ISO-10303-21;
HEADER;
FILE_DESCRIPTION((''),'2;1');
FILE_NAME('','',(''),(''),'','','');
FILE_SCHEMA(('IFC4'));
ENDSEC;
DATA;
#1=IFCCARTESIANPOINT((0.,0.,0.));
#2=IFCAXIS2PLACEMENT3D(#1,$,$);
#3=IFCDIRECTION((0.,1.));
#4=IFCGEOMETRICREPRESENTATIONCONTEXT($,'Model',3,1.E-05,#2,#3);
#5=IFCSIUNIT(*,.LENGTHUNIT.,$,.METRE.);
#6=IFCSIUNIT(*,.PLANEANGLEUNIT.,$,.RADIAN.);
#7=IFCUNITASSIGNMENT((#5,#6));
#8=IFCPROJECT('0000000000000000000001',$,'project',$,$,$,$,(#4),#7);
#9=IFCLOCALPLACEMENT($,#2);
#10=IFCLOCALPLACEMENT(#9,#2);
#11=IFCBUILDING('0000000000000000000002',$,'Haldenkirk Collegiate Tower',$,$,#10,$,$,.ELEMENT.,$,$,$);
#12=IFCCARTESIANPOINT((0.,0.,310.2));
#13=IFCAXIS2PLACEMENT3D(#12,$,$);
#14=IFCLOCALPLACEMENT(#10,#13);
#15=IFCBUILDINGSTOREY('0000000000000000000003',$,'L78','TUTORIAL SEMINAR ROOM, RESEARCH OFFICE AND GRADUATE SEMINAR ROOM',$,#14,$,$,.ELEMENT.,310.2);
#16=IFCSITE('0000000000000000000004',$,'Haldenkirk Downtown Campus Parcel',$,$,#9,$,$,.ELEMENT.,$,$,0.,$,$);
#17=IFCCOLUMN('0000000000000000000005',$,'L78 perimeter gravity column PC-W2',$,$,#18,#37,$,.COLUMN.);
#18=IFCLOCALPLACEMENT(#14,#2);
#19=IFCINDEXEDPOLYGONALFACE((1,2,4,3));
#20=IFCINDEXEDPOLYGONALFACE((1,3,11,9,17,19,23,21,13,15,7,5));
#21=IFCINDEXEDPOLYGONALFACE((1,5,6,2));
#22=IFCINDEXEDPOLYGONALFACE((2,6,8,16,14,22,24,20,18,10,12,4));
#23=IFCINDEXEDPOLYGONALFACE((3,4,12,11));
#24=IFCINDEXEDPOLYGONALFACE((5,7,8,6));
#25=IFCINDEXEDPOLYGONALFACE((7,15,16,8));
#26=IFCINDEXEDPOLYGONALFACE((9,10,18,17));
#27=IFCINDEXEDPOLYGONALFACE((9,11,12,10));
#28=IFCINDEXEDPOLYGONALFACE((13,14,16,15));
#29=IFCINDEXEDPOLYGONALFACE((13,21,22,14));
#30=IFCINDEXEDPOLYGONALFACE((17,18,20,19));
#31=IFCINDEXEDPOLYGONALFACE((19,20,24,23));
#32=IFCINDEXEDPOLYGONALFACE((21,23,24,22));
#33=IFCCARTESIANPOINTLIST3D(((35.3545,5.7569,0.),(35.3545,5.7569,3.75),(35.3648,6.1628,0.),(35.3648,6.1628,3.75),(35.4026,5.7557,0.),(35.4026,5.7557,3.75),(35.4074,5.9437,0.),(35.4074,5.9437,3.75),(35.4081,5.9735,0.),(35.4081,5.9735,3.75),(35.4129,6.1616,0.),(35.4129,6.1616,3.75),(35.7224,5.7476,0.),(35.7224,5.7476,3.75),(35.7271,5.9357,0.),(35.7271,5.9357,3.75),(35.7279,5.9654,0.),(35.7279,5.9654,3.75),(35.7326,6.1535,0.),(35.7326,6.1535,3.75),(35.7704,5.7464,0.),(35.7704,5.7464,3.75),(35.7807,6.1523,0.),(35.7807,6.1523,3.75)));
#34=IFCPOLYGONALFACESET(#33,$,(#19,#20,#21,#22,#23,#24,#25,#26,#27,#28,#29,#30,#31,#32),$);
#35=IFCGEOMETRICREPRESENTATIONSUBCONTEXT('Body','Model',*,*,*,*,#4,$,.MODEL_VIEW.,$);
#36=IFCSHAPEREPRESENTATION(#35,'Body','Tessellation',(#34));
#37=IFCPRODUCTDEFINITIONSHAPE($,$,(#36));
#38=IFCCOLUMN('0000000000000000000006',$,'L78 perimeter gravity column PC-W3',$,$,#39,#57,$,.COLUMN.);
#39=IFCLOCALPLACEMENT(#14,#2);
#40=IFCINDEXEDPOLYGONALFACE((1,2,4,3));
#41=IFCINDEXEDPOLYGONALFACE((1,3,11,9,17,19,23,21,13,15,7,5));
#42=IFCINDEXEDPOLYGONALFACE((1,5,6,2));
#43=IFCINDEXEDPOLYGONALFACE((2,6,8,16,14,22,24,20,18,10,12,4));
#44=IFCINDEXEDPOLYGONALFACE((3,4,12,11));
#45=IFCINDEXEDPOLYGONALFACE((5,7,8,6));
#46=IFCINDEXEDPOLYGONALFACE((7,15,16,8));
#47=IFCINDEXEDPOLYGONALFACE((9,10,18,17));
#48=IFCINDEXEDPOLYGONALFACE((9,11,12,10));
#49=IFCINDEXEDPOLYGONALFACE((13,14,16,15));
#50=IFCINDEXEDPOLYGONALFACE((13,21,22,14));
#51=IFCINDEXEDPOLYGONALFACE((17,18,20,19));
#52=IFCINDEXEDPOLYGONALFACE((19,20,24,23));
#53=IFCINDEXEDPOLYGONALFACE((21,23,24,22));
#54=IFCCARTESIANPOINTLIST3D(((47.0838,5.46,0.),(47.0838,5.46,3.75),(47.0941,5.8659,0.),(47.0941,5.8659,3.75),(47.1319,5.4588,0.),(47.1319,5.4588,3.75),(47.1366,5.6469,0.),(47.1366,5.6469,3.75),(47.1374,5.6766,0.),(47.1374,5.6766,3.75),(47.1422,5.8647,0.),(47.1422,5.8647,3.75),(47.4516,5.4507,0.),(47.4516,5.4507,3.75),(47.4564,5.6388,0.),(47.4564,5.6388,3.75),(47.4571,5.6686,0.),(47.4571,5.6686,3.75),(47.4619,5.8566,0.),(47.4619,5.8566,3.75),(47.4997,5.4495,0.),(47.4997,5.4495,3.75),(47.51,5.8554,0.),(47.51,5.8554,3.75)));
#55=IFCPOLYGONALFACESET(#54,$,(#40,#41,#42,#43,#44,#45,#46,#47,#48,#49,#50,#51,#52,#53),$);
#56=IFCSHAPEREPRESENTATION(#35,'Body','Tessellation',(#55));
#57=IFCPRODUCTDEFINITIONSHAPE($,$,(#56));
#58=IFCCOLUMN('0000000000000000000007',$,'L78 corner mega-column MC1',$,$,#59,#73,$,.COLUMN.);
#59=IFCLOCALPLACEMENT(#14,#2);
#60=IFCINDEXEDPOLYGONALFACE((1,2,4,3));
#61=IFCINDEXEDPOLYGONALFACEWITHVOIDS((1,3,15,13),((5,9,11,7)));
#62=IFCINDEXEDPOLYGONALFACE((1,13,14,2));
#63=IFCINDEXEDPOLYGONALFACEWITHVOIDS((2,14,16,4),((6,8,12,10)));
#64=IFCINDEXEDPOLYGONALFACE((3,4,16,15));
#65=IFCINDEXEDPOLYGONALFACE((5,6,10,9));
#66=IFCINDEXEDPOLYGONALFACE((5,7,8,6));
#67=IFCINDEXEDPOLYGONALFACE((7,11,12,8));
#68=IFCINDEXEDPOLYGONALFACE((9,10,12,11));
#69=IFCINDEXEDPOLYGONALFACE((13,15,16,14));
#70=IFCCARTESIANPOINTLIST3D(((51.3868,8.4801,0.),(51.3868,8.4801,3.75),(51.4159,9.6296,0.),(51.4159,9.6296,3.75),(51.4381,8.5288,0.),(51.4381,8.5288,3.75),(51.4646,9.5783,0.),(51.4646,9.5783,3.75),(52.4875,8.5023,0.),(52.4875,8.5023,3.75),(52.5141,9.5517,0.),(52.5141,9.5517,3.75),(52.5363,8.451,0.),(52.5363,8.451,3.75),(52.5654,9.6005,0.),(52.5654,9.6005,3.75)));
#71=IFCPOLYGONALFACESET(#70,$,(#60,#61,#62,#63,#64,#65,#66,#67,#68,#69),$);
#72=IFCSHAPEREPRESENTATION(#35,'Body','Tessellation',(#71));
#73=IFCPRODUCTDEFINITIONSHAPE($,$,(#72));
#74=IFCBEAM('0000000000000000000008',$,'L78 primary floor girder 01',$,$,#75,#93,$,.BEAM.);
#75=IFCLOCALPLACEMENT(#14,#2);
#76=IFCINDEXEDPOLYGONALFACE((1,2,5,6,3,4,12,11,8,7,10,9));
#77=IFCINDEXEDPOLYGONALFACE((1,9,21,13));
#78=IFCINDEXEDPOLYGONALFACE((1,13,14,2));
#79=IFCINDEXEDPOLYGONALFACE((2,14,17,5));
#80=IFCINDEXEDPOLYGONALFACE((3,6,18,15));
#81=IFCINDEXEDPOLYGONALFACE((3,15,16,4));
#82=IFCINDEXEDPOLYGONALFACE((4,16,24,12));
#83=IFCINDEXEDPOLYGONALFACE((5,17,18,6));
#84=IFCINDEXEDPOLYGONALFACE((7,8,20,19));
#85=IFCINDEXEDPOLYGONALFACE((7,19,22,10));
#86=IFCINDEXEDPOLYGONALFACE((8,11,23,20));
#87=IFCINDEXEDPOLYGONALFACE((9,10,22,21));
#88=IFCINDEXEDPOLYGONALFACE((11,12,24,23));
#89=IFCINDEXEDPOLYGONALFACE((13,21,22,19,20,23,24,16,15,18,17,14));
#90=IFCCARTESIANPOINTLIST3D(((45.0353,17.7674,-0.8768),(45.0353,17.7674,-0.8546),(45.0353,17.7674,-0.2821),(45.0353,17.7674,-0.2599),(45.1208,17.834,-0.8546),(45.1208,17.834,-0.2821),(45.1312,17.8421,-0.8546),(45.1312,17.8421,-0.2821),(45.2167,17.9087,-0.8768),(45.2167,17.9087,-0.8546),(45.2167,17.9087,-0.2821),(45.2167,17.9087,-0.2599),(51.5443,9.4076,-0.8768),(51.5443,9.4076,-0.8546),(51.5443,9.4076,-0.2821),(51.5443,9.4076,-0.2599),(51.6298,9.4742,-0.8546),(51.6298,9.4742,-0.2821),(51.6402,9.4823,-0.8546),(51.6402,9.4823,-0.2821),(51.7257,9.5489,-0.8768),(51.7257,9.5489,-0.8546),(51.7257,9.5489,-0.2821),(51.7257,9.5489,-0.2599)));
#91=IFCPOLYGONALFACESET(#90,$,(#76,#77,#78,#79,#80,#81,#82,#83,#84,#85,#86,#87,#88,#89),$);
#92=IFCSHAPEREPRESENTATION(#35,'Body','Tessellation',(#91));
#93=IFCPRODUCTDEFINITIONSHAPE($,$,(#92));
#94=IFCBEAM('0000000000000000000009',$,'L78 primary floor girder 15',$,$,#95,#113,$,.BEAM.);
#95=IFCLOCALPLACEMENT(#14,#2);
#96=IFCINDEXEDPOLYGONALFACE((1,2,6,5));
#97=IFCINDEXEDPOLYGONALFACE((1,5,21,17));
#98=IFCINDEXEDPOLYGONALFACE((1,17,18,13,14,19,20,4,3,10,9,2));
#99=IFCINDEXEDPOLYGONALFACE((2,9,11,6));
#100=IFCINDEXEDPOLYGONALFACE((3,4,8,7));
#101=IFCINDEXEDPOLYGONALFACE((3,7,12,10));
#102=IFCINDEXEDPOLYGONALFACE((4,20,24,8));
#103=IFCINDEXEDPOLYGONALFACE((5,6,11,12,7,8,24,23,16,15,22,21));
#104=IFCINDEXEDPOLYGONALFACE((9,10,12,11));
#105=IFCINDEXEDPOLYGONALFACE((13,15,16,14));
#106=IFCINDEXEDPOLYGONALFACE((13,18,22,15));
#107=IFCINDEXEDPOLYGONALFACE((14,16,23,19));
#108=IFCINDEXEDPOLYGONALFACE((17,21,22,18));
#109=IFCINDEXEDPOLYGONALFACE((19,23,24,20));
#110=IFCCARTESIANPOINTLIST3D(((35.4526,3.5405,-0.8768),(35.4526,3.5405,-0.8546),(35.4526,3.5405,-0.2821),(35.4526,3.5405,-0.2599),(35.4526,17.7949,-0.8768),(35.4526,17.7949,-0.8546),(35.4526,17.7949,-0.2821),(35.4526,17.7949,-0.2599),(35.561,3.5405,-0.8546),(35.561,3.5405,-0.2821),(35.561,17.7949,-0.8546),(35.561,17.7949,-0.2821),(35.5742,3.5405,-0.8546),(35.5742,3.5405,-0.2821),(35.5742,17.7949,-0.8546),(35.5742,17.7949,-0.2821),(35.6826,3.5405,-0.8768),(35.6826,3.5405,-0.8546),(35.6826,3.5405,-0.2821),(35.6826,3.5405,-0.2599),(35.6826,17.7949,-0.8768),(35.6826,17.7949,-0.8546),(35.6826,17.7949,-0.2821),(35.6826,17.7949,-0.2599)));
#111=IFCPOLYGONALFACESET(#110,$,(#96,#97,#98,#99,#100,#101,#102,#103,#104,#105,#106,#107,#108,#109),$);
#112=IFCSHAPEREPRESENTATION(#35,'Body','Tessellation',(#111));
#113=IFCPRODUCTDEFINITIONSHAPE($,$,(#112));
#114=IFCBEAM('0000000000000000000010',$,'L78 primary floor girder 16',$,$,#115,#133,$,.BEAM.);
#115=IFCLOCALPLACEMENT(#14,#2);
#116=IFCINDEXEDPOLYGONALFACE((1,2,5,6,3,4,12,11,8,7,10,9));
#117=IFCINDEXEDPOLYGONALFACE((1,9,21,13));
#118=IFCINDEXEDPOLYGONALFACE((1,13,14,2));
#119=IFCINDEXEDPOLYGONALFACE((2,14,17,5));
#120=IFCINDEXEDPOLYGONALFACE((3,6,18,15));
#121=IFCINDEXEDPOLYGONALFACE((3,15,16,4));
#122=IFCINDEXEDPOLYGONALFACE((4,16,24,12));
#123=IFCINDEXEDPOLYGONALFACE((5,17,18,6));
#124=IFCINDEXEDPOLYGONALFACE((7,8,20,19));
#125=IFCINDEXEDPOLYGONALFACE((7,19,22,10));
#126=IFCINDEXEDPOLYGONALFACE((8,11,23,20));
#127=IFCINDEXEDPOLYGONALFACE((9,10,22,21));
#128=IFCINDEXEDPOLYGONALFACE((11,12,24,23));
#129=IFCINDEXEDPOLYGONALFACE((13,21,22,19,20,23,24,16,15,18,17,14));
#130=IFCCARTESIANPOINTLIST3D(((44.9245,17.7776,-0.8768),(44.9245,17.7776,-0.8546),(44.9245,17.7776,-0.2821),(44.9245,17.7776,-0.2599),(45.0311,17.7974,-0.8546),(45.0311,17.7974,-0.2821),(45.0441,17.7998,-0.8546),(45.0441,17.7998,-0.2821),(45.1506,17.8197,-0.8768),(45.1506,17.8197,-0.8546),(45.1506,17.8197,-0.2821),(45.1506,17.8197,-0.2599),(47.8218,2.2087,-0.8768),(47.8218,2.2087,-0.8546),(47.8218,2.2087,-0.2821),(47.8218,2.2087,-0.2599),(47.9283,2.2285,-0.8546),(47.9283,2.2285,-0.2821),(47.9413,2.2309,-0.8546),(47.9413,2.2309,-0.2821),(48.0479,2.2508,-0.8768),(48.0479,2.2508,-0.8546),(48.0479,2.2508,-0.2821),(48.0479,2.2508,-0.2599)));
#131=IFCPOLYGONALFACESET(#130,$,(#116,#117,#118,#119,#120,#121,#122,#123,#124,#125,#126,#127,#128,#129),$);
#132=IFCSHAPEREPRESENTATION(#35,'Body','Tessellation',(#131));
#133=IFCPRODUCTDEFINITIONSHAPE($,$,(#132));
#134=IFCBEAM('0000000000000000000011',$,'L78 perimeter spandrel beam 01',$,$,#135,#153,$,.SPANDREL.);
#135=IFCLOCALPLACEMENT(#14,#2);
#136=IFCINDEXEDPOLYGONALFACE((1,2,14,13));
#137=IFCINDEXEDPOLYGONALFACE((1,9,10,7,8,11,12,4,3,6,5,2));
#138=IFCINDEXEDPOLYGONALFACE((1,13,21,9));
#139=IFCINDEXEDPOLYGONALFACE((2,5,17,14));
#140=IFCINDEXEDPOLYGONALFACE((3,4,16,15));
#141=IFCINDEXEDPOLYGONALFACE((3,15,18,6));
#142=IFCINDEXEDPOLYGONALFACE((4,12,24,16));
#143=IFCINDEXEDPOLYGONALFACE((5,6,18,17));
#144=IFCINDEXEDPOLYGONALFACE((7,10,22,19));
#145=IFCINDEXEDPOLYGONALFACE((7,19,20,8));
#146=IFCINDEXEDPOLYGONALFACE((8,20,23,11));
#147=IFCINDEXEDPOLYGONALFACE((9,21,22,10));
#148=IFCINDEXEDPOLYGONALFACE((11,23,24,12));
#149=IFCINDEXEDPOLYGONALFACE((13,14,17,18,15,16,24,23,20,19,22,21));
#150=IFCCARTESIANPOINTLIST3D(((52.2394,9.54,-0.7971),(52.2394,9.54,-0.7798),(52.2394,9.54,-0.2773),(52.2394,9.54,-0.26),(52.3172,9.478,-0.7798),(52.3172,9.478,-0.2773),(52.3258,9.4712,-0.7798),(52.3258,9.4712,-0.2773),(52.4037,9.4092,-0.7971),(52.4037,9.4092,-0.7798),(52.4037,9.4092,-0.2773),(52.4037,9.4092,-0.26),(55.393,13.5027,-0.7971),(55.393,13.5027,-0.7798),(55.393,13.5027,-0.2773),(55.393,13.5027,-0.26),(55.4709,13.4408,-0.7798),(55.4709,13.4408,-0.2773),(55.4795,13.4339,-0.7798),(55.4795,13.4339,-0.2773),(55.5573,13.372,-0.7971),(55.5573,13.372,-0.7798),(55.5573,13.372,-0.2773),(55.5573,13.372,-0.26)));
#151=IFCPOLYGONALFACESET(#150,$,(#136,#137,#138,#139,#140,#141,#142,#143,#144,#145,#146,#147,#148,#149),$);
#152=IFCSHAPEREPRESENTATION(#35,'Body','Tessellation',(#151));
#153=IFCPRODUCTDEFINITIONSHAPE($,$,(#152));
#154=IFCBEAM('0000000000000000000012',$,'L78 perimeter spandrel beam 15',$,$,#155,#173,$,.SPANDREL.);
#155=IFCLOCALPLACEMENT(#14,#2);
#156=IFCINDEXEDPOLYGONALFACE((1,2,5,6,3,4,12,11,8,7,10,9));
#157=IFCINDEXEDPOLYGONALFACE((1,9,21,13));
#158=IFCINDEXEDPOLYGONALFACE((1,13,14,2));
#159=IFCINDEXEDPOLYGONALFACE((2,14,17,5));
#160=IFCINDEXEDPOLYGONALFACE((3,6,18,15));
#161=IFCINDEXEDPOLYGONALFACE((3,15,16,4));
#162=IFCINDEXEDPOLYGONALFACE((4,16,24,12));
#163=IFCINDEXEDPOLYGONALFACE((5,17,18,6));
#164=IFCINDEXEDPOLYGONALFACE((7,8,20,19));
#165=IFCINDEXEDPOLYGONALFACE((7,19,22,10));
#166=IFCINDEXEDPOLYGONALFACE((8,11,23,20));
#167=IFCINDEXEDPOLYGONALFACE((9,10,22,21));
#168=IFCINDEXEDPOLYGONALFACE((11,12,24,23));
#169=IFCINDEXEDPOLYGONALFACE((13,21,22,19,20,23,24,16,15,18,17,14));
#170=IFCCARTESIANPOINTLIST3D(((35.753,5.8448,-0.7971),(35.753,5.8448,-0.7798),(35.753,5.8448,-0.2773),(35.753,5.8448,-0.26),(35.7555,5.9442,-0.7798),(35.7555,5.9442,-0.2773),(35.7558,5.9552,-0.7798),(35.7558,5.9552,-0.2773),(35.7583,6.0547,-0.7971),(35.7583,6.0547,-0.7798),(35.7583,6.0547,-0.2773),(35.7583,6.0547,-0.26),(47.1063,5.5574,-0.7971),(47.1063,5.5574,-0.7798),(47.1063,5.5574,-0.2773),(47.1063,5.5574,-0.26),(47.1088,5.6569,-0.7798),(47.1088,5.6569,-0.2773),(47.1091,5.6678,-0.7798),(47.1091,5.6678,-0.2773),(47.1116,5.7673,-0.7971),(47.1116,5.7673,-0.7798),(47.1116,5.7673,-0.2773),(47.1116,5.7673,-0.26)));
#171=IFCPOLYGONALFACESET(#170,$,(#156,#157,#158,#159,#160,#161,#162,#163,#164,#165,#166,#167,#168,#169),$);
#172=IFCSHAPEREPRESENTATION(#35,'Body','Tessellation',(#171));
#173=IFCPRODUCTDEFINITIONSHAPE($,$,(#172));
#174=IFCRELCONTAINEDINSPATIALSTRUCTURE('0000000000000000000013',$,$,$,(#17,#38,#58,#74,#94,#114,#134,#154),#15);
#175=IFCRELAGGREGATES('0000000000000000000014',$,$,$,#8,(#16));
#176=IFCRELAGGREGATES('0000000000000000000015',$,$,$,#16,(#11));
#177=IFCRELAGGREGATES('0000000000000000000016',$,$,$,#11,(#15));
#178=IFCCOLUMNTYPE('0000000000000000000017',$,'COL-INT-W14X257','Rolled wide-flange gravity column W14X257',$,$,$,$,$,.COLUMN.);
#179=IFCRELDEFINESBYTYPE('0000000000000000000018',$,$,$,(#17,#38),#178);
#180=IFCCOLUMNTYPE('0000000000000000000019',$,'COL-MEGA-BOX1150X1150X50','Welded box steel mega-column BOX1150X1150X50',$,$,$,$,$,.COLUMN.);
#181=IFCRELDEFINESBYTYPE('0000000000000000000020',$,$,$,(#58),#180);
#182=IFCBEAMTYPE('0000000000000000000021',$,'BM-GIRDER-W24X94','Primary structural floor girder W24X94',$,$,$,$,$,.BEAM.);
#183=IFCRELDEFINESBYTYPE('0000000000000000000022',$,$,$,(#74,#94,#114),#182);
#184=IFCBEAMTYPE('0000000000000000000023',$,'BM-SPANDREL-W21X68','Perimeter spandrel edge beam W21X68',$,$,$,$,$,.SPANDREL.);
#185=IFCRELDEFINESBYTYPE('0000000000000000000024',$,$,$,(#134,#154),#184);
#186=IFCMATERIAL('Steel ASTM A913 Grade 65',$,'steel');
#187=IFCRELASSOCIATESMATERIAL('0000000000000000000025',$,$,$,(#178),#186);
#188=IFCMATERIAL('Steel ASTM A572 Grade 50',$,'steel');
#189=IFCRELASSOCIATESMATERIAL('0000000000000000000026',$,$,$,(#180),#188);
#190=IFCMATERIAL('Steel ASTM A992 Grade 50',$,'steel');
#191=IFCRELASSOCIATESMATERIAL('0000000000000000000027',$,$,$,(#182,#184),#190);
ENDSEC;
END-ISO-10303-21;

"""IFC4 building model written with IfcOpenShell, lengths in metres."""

from ifc_helpers import new_model, si_unit, direction, frame, origin, origin_2d, place, context, subcontext, project, spatial, hollow_rectangle, i_section, extrude, material, material_profile, profile_set, type_object, element, save


model = new_model("IFC4")

# Units and contexts
model_context = context("Model", 3, precision=1e-05, world=origin(), true_north=direction((0.0, 1.0)))
body_context = subcontext(model_context, "Body", "Model", "MODEL_VIEW")
ifc_project = project(units=[si_unit("LENGTHUNIT", "METRE"), si_unit("PLANEANGLEUNIT", "RADIAN")], contexts=[model_context])

# Site, building, storey
site_placement = place(None, origin())
site = spatial("IfcSite", under=ifc_project, at=site_placement, Name="Haldenkirk Downtown Campus Parcel", CompositionType="ELEMENT", RefElevation=0.0)
building_placement = place(site_placement, origin())
building = spatial("IfcBuilding", under=site, at=building_placement, Name="Haldenkirk Collegiate Tower", CompositionType="ELEMENT")
storey_placement = place(building_placement, frame((0.0, 0.0, 310.2)))
storey = spatial("IfcBuildingStorey", under=building, at=storey_placement, Name="L78", Description="TUTORIAL SEMINAR ROOM, RESEARCH OFFICE AND GRADUATE SEMINAR ROOM", CompositionType="ELEMENT", Elevation=310.2)

# Columns
ifc_material_1 = material(Name="Steel ASTM A913 Grade 65", Category="steel")
ifc_material_profile_1 = material_profile(ifc_material_1, i_section(OverallWidth=0.406, OverallDepth=0.416, WebThickness=0.0298, FlangeThickness=0.0481, at=origin_2d()), Name="W14X257")
ifc_profile_set_1 = profile_set([ifc_material_profile_1], Name="Steel ASTM A913 Grade 65")
column_type_1 = type_object("IfcColumnType", Name="COL-INT-W14X257", Description="Rolled wide-flange gravity column W14X257", PredefinedType="COLUMN", material=ifc_profile_set_1)
for number, where, z_axis, x_axis, name in (
    (1, (35.5676, 5.9546, 0.0), (0.0, 0.0, 1.0), (0.025305, 0.99968, 0.0), "L78 perimeter gravity column PC-W2"),
    (2, (47.2969, 5.6577, 0.0), (0.0, 0.0, 1.0), (0.025305, 0.99968, 0.0), "L78 perimeter gravity column PC-W3"),
):
    element("IfcColumn", number, at=place(storey_placement, frame(where, z_axis=z_axis, x_axis=x_axis)), inside=storey, type_object=column_type_1, Name=name, PredefinedType="COLUMN", context=body_context, shape_type="SweptSolid", body=[
        extrude(i_section(OverallWidth=0.406, OverallDepth=0.416, WebThickness=0.0298, FlangeThickness=0.0481, at=origin_2d()), origin(), (0.0, 0.0, 1.0), 3.75),
    ])
ifc_material_2 = material(Name="Steel ASTM A572 Grade 50", Category="steel")
ifc_material_profile_2 = material_profile(ifc_material_2, hollow_rectangle(XDim=1.1499, YDim=1.1499, WallThickness=0.05, at=origin_2d()), Name="BOX1150X1150X50")
ifc_profile_set_2 = profile_set([ifc_material_profile_2], Name="Steel ASTM A572 Grade 50")
column_type_2 = type_object("IfcColumnType", Name="COL-MEGA-BOX1150X1150X50", Description="Welded box steel mega-column BOX1150X1150X50", PredefinedType="COLUMN", material=ifc_profile_set_2)
column_placement = place(storey_placement, frame((51.9761, 9.0403, 0.0), z_axis=(0.0, 0.0, 1.0), x_axis=(0.025305, 0.99968, 0.0)))
element("IfcColumn", 3, at=column_placement, inside=storey, type_object=column_type_2, Name="L78 corner mega-column MC1", PredefinedType="COLUMN", context=body_context, shape_type="SweptSolid", body=[
    extrude(hollow_rectangle(XDim=1.1499, YDim=1.1499, WallThickness=0.05, at=origin_2d()), origin(), (0.0, 0.0, 1.0), 3.75),
])

# Beams
ifc_material_3 = material(Name="Steel ASTM A992 Grade 50", Category="steel")
ifc_material_profile_3 = material_profile(ifc_material_3, i_section(OverallWidth=0.23, OverallDepth=0.6169, WebThickness=0.0132, FlangeThickness=0.0222, at=origin_2d()), Name="W24X94")
ifc_profile_set_3 = profile_set([ifc_material_profile_3], Name="Steel ASTM A992 Grade 50")
beam_type_1 = type_object("IfcBeamType", Name="BM-GIRDER-W24X94", Description="Primary structural floor girder W24X94", PredefinedType="BEAM", material=ifc_profile_set_3)
beam_1_placement = place(storey_placement, frame((51.635, 9.4783, -0.5684), z_axis=(-0.614347, 0.789036, 0.0), x_axis=(-0.789036, -0.614347, 0.0)))
element("IfcBeam", 4, at=beam_1_placement, inside=storey, type_object=beam_type_1, Name="L78 primary floor girder 01", PredefinedType="BEAM", context=body_context, shape_type="SweptSolid", body=[
    extrude(i_section(OverallWidth=0.23, OverallDepth=0.6169, WebThickness=0.0132, FlangeThickness=0.0222, at=origin_2d()), origin(), (0.0, 0.0, 1.0), 10.595),
])
beam_2_placement = place(storey_placement, frame((35.5676, 3.5405, -0.5684), z_axis=(0.0, 1.0, 0.0), x_axis=(-1.0, 0.0, 0.0)))
element("IfcBeam", 5, at=beam_2_placement, inside=storey, type_object=beam_type_1, Name="L78 primary floor girder 15", PredefinedType="BEAM", context=body_context, shape_type="SweptSolid", body=[
    extrude(i_section(OverallWidth=0.23, OverallDepth=0.6169, WebThickness=0.0132, FlangeThickness=0.0222, at=origin_2d()), origin(), (0.0, 0.0, 1.0), 14.2544),
])
beam_3_placement = place(storey_placement, frame((47.9348, 2.2297, -0.5684), z_axis=(-0.18295, 0.983122, 0.0), x_axis=(-0.983122, -0.18295, 0.0)))
element("IfcBeam", 6, at=beam_3_placement, inside=storey, type_object=beam_type_1, Name="L78 primary floor girder 16", PredefinedType="BEAM", context=body_context, shape_type="SweptSolid", body=[
    extrude(i_section(OverallWidth=0.23, OverallDepth=0.6169, WebThickness=0.0132, FlangeThickness=0.0222, at=origin_2d()), origin(), (0.0, 0.0, 1.0), 15.8362),
])
ifc_material_profile_4 = material_profile(ifc_material_3, i_section(OverallWidth=0.21, OverallDepth=0.5371, WebThickness=0.011, FlangeThickness=0.0173, at=origin_2d()), Name="W21X68")
ifc_profile_set_4 = profile_set([ifc_material_profile_4], Name="Steel ASTM A992 Grade 50")
beam_type_2 = type_object("IfcBeamType", Name="BM-SPANDREL-W21X68", Description="Perimeter spandrel edge beam W21X68", PredefinedType="SPANDREL", material=ifc_profile_set_4)
beam_4_placement = place(storey_placement, frame((52.3215, 9.4746, -0.5286), z_axis=(0.6227, 0.782461, 0.0), x_axis=(-0.782461, 0.6227, 0.0)))
element("IfcBeam", 7, at=beam_4_placement, inside=storey, type_object=beam_type_2, Name="L78 perimeter spandrel beam 01", PredefinedType="SPANDREL", context=body_context, shape_type="SweptSolid", body=[
    extrude(i_section(OverallWidth=0.21, OverallDepth=0.5371, WebThickness=0.011, FlangeThickness=0.0173, at=origin_2d()), origin(), (0.0, 0.0, 1.0), 5.0645),
])
beam_5_placement = place(storey_placement, frame((35.7556, 5.9497, -0.5286), z_axis=(0.99968, -0.025302, 0.0), x_axis=(0.025302, 0.99968, 0.0)))
element("IfcBeam", 8, at=beam_5_placement, inside=storey, type_object=beam_type_2, Name="L78 perimeter spandrel beam 15", PredefinedType="SPANDREL", context=body_context, shape_type="SweptSolid", body=[
    extrude(i_section(OverallWidth=0.21, OverallDepth=0.5371, WebThickness=0.011, FlangeThickness=0.0173, at=origin_2d()), origin(), (0.0, 0.0, 1.0), 11.3569),
])

save(model, "model.ifc")
